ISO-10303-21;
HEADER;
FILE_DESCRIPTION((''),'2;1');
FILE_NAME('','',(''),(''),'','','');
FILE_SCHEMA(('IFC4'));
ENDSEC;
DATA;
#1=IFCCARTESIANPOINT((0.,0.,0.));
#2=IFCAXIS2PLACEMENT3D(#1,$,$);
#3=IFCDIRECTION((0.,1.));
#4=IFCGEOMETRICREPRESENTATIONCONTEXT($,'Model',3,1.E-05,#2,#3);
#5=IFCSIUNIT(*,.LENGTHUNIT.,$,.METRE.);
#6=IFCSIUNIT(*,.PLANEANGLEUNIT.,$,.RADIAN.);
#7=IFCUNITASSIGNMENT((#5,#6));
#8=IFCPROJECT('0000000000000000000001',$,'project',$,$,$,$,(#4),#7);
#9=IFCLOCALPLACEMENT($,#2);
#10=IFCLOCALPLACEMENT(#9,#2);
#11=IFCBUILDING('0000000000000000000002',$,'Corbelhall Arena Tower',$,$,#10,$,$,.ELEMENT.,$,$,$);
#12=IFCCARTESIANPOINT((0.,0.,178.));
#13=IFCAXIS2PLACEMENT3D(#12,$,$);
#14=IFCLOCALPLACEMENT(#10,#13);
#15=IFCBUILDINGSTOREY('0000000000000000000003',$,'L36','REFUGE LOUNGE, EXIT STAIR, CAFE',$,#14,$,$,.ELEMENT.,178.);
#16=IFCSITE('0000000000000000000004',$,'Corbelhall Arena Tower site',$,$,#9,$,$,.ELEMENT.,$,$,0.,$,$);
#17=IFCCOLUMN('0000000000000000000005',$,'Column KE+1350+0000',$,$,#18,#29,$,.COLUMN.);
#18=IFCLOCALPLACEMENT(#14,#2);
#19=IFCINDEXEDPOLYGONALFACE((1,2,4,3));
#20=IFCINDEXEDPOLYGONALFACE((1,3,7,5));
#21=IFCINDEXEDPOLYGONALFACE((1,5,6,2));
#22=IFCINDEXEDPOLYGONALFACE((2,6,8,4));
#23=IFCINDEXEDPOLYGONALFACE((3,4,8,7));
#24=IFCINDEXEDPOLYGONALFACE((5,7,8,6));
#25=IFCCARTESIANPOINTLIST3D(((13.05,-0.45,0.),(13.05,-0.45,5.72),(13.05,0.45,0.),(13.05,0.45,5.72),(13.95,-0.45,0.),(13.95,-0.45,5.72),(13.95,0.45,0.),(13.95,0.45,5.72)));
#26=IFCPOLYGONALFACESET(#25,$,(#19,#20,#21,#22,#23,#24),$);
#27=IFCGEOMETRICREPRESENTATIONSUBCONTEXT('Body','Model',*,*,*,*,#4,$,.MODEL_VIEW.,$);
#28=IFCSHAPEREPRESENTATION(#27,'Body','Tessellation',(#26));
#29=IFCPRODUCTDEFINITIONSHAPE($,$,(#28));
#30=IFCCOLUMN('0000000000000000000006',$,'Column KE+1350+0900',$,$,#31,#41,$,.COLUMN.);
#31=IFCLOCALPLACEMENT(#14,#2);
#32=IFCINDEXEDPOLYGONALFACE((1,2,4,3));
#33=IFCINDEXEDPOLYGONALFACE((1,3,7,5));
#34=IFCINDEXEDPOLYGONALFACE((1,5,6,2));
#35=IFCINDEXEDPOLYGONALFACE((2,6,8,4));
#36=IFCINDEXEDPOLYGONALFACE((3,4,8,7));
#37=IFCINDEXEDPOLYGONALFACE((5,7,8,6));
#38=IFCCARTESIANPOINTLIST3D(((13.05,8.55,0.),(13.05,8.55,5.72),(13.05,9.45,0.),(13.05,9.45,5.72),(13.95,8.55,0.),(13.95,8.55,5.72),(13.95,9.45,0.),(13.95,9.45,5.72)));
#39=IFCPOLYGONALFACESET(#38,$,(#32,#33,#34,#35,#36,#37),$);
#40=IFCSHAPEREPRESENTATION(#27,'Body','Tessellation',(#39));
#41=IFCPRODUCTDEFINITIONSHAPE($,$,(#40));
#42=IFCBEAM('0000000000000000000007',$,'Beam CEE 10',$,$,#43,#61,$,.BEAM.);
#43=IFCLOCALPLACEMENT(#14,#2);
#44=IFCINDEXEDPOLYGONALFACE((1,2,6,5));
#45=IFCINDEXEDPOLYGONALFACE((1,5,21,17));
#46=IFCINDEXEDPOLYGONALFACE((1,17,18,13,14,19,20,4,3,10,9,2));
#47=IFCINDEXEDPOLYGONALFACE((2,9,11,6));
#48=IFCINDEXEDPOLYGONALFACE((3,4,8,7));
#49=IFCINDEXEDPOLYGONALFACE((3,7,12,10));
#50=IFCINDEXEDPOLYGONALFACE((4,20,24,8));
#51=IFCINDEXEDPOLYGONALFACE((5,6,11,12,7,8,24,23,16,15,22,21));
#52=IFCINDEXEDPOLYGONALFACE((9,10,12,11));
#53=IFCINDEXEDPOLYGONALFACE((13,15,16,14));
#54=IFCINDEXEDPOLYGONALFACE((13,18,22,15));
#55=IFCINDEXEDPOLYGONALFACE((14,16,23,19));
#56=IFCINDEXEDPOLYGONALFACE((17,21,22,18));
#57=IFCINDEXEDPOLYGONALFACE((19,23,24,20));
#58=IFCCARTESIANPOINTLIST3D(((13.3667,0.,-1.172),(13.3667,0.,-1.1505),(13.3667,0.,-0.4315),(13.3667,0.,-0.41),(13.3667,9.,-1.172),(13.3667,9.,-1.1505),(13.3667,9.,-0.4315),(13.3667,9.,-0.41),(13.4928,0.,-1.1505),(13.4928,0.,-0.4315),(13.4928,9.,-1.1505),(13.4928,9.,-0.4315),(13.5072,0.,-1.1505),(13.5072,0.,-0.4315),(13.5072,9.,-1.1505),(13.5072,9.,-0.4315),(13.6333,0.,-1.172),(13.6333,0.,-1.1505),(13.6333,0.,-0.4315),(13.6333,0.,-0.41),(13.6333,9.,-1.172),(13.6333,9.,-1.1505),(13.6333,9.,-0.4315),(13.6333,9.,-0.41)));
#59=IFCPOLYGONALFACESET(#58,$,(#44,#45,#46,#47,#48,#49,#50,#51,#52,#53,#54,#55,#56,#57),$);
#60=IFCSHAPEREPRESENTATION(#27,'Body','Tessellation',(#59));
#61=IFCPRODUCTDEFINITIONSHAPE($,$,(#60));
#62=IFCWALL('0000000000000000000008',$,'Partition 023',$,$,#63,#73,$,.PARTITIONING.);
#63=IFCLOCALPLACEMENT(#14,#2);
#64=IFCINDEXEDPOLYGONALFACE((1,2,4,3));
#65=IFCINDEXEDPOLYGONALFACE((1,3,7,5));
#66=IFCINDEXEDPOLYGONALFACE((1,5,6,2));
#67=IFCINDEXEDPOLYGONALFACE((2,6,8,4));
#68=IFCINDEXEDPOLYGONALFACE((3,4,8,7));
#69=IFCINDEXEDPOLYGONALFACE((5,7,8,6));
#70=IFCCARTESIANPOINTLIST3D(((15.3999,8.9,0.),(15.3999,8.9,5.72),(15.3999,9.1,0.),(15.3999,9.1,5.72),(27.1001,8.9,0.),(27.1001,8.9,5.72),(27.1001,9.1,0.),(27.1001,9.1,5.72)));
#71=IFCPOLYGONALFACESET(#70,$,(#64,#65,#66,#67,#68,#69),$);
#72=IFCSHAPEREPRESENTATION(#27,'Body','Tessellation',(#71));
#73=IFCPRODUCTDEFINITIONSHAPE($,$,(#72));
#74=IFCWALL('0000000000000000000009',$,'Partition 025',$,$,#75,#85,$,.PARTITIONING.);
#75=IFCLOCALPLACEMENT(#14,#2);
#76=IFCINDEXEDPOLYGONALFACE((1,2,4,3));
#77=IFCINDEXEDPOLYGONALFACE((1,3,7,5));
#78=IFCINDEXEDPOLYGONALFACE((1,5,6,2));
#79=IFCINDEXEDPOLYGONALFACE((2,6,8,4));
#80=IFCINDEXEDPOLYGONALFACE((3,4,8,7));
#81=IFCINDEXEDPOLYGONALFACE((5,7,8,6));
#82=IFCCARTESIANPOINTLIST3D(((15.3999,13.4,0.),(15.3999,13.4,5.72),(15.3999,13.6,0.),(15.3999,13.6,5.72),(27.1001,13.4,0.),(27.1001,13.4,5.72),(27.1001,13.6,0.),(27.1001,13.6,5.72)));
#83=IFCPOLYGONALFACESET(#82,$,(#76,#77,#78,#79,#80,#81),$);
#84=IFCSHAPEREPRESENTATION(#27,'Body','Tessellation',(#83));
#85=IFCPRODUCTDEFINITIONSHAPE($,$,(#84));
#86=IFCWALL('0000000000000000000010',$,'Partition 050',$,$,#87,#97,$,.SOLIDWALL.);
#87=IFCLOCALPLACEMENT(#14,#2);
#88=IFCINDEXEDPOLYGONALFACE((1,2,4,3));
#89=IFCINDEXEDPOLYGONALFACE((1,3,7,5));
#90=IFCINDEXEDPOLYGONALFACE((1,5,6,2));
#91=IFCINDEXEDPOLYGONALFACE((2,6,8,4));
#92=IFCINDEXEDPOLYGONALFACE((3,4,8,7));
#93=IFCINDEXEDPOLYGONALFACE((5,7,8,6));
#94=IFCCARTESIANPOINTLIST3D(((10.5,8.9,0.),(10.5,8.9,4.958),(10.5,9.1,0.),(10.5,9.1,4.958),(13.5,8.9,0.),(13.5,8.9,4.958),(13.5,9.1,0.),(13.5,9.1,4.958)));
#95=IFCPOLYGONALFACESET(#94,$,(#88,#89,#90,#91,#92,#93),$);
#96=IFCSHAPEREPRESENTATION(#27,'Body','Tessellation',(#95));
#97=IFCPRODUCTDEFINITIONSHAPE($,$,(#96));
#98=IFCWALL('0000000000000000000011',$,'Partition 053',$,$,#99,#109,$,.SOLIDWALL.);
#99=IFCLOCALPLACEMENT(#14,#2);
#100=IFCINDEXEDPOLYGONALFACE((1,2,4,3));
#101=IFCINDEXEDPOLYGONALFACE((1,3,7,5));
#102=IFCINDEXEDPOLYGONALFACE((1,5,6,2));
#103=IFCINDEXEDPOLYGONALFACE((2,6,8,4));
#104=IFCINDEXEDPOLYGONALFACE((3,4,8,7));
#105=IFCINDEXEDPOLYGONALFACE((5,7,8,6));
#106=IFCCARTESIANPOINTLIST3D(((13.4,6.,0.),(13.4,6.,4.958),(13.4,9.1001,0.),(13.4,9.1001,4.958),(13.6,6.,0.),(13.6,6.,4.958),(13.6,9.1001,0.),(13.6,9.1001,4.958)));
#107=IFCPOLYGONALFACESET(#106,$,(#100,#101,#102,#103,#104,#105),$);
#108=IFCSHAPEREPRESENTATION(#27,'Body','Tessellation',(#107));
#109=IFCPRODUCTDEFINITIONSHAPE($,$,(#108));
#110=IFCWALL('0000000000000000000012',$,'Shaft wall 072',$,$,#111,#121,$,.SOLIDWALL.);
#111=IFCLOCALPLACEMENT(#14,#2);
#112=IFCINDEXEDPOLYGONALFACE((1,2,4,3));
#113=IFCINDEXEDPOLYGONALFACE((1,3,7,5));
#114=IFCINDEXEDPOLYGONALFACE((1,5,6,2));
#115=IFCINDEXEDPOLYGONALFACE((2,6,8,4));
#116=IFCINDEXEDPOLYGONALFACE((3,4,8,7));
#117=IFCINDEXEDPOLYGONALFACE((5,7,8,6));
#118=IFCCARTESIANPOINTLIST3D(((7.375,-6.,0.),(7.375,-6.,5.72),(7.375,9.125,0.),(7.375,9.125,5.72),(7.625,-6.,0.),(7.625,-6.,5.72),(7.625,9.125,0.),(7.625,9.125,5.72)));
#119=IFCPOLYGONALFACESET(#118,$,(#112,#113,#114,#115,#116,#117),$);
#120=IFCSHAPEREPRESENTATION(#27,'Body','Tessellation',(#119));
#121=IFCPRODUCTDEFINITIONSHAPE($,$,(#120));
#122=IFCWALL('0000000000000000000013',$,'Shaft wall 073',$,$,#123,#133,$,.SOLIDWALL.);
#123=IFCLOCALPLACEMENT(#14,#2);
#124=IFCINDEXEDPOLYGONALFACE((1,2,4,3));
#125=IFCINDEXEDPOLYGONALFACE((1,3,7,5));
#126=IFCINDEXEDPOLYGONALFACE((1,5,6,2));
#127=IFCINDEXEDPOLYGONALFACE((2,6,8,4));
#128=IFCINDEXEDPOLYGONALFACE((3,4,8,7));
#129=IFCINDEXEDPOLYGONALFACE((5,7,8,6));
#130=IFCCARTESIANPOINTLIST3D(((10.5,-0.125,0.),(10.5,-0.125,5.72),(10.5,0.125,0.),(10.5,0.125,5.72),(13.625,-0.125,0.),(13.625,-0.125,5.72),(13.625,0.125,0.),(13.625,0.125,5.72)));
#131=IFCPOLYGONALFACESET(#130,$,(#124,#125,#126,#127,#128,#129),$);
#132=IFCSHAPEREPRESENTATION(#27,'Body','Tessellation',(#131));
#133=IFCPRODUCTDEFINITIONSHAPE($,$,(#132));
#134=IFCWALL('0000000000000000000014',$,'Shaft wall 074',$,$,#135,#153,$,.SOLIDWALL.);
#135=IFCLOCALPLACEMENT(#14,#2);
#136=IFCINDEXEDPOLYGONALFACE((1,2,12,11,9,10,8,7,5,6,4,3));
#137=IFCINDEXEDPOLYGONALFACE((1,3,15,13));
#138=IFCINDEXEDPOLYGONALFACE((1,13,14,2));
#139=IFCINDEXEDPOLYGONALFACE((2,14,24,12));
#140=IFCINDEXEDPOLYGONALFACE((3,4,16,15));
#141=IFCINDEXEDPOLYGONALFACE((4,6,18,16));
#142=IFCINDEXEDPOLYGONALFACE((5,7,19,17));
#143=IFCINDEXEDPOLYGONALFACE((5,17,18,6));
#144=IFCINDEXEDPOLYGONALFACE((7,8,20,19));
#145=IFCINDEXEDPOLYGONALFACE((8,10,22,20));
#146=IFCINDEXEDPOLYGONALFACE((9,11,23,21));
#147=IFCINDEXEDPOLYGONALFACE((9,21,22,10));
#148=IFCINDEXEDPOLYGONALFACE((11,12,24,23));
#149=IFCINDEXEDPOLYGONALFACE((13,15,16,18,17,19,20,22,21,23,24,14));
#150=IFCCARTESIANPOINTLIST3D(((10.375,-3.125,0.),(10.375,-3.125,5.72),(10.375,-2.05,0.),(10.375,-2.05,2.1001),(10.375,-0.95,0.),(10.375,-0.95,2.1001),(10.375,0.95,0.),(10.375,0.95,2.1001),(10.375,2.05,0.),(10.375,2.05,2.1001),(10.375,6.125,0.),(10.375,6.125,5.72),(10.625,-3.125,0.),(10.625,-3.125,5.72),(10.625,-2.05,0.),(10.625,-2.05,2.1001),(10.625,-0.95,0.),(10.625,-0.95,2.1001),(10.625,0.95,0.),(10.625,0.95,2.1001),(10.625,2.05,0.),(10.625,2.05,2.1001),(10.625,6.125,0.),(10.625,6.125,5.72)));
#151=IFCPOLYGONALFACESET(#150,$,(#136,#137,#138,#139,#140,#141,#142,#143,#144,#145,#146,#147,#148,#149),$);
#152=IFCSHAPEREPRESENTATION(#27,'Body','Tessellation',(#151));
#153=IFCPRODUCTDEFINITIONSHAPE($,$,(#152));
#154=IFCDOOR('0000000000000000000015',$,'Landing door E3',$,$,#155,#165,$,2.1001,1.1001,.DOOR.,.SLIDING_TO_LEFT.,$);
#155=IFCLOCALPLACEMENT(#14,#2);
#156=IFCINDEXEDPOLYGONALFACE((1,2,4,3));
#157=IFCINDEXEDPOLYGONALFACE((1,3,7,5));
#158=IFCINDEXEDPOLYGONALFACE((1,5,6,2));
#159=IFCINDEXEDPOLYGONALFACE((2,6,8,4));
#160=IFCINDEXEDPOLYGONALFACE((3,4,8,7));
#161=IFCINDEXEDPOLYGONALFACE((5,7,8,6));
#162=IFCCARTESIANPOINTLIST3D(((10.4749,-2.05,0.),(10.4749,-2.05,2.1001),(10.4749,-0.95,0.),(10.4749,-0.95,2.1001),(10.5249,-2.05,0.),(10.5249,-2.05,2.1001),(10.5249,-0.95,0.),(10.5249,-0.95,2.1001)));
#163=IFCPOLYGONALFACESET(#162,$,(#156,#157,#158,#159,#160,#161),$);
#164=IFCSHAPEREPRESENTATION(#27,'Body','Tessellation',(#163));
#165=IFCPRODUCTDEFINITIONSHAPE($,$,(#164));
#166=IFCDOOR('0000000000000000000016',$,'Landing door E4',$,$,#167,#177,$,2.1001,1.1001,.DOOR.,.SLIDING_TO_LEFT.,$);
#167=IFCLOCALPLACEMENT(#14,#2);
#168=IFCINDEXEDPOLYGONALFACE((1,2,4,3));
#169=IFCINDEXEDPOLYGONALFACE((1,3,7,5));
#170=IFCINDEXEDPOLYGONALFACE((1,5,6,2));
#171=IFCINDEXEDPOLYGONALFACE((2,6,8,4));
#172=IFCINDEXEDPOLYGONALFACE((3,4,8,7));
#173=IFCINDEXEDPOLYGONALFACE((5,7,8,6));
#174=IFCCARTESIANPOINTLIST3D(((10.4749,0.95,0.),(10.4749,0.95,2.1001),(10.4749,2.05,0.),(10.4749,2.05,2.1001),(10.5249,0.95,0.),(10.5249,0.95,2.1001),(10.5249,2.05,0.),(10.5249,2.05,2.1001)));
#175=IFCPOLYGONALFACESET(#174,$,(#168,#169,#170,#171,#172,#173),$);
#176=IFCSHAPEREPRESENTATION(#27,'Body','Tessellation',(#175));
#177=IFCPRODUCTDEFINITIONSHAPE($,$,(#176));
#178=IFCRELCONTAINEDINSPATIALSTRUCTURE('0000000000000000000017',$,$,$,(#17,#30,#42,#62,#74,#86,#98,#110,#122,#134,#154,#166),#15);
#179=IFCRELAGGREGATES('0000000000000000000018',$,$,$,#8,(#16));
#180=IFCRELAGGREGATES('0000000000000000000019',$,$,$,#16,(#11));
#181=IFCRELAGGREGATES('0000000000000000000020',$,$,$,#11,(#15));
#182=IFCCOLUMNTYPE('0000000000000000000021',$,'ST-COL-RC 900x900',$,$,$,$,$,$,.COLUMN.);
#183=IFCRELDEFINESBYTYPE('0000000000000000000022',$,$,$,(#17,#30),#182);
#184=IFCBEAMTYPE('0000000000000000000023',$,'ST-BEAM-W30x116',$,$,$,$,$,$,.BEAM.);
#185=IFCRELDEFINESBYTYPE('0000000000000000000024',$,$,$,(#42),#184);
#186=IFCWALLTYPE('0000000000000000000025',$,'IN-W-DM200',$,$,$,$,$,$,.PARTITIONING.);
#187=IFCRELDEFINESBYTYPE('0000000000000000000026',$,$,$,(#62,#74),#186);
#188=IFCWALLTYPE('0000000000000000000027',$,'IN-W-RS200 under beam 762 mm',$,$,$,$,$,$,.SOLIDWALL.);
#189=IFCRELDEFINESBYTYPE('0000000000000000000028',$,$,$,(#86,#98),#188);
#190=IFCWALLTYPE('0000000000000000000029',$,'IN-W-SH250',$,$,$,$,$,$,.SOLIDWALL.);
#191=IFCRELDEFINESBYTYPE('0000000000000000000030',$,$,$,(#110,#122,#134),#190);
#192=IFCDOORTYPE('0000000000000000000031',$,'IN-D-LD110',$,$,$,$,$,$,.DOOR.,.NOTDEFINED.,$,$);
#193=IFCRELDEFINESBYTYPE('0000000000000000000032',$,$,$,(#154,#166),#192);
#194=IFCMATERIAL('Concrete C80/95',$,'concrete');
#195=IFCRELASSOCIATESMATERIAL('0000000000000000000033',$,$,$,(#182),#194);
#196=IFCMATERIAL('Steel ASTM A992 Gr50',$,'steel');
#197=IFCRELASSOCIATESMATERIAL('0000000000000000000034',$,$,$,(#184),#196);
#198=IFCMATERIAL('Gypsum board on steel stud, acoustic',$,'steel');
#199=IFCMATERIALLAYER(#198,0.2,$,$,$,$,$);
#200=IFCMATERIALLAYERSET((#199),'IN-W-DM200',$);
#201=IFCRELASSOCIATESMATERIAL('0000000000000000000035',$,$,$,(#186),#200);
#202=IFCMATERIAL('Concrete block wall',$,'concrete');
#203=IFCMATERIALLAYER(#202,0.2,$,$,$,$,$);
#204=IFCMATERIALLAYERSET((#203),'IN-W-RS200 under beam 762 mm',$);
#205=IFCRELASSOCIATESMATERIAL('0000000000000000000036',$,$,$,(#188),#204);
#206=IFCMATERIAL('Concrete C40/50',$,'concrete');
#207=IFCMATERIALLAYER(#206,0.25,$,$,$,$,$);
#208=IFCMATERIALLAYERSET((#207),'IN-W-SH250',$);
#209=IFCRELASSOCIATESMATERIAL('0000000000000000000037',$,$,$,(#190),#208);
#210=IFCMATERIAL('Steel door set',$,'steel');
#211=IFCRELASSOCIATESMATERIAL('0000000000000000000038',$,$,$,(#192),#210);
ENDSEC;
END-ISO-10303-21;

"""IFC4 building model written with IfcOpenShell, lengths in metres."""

from ifc_helpers import new_model, si_unit, direction, frame, frame_2d, origin, origin_2d, place, context, subcontext, project, spatial, rectangle, i_section, extrude, material, layer, layer_set, material_profile, profile_set, type_object, element, fill, save


model = new_model("IFC4")

# Units and contexts
model_context = context("Model", 3, precision=1e-05, world=origin(), true_north=direction((0.0, 1.0)))
body_context = subcontext(model_context, "Body", "Model", "MODEL_VIEW")
ifc_project = project(units=[si_unit("LENGTHUNIT", "METRE"), si_unit("PLANEANGLEUNIT", "RADIAN")], contexts=[model_context])

# Site, building, storey
site_placement = place(None, origin())
site = spatial("IfcSite", under=ifc_project, at=site_placement, Name="Corbelhall Arena Tower site", CompositionType="ELEMENT", RefElevation=0.0)
building_placement = place(site_placement, origin())
building = spatial("IfcBuilding", under=site, at=building_placement, Name="Corbelhall Arena Tower", CompositionType="ELEMENT")
storey_placement = place(building_placement, frame((0.0, 0.0, 178.0)))
storey = spatial("IfcBuildingStorey", under=building, at=storey_placement, Name="L36", Description="REFUGE LOUNGE, EXIT STAIR, CAFE", CompositionType="ELEMENT", Elevation=178.0)

# Columns
ifc_material_1 = material(Name="Concrete C80/95", Category="concrete")
ifc_material_profile_1 = material_profile(ifc_material_1, rectangle(XDim=0.8999, YDim=0.8999, at=origin_2d()))
ifc_profile_set_1 = profile_set([ifc_material_profile_1], Name="Concrete C80/95")
column_type = type_object("IfcColumnType", Name="ST-COL-RC 900x900", PredefinedType="COLUMN", material=ifc_profile_set_1)
for number, where, z_axis, x_axis, name in (
    (1, (13.5, 0.0, 0.0), (0.0, 0.0, 1.0), (1.0, 0.0, 0.0), "Column KE+1350+0000"),
    (2, (13.5, 9.0, 0.0), (0.0, 0.0, 1.0), (1.0, 0.0, 0.0), "Column KE+1350+0900"),
):
    element("IfcColumn", number, at=place(storey_placement, frame(where, z_axis=z_axis, x_axis=x_axis)), inside=storey, type_object=column_type, Name=name, PredefinedType="COLUMN", context=body_context, shape_type="SweptSolid", body=[
        extrude(rectangle(XDim=0.8999, YDim=0.8999, at=origin_2d()), origin(), (0.0, 0.0, 1.0), 5.72),
    ])

# Beam
ifc_material_2 = material(Name="Steel ASTM A992 Gr50", Category="steel")
ifc_material_profile_2 = material_profile(ifc_material_2, i_section(OverallWidth=0.2666, OverallDepth=0.762, WebThickness=0.0144, FlangeThickness=0.0215, at=origin_2d()))
ifc_profile_set_2 = profile_set([ifc_material_profile_2], Name="Steel ASTM A992 Gr50")
beam_type = type_object("IfcBeamType", Name="ST-BEAM-W30x116", PredefinedType="BEAM", material=ifc_profile_set_2)
beam_placement = place(storey_placement, frame((13.5, 0.0, -0.791), z_axis=(0.0, 1.0, 0.0), x_axis=(-1.0, 0.0, 0.0)))
element("IfcBeam", 3, at=beam_placement, inside=storey, type_object=beam_type, Name="Beam CEE 10", PredefinedType="BEAM", context=body_context, shape_type="SweptSolid", body=[
    extrude(i_section(OverallWidth=0.2666, OverallDepth=0.762, WebThickness=0.0144, FlangeThickness=0.0215, at=origin_2d()), origin(), (0.0, 0.0, 1.0), 9.0),
])

# Walls
ifc_material_3 = material(Name="Gypsum board on steel stud, acoustic", Category="steel")
ifc_layer_1 = layer(ifc_material_3, 0.2)
ifc_layer_set_1 = layer_set([ifc_layer_1], Name="IN-W-DM200")
wall_type_1 = type_object("IfcWallType", Name="IN-W-DM200", PredefinedType="PARTITIONING", material=ifc_layer_set_1)
for number, where, z_axis, x_axis, name in (
    (4, (15.3999, 9.0, 0.0), (0.0, 0.0, 1.0), (1.0, 0.0, 0.0), "Partition 023"),
    (5, (15.3999, 13.5, 0.0), (0.0, 0.0, 1.0), (1.0, 0.0, 0.0), "Partition 025"),
):
    element("IfcWall", number, at=place(storey_placement, frame(where, z_axis=z_axis, x_axis=x_axis)), inside=storey, type_object=wall_type_1, Name=name, PredefinedType="PARTITIONING", context=body_context, shape_type="SweptSolid", body=[
        extrude(rectangle(XDim=11.7002, YDim=0.2, at=frame_2d((5.8501, 0.0))), origin(), (0.0, 0.0, 1.0), 5.72),
    ])

# Shared definitions
ifc_material_4 = material(Name="Steel door set", Category="steel")
ifc_material_5 = material(Name="Concrete block wall", Category="concrete")

# Walls
ifc_layer_2 = layer(ifc_material_5, 0.2)
ifc_layer_set_2 = layer_set([ifc_layer_2], Name="IN-W-RS200 under beam 762 mm")
wall_type_2 = type_object("IfcWallType", Name="IN-W-RS200 under beam 762 mm", PredefinedType="SOLIDWALL", material=ifc_layer_set_2)
wall_1_placement = place(storey_placement, frame((10.5, 9.0, 0.0), z_axis=(0.0, 0.0, 1.0), x_axis=(1.0, 0.0, 0.0)))
element("IfcWall", 6, at=wall_1_placement, inside=storey, type_object=wall_type_2, Name="Partition 050", PredefinedType="SOLIDWALL", context=body_context, shape_type="SweptSolid", body=[
    extrude(rectangle(XDim=3.0, YDim=0.2, at=frame_2d((1.5, 0.0))), origin(), (0.0, 0.0, 1.0), 4.958),
])
wall_2_placement = place(storey_placement, frame((13.5, 9.1001, 0.0), z_axis=(0.0, 0.0, 1.0), x_axis=(0.0, -1.0, 0.0)))
element("IfcWall", 7, at=wall_2_placement, inside=storey, type_object=wall_type_2, Name="Partition 053", PredefinedType="SOLIDWALL", context=body_context, shape_type="SweptSolid", body=[
    extrude(rectangle(XDim=3.1001, YDim=0.2, at=frame_2d((1.55, 0.0))), origin(), (0.0, 0.0, 1.0), 4.958),
])
ifc_material_6 = material(Name="Concrete C40/50", Category="concrete")
ifc_layer_3 = layer(ifc_material_6, 0.25)
ifc_layer_set_3 = layer_set([ifc_layer_3], Name="IN-W-SH250")
wall_type_3 = type_object("IfcWallType", Name="IN-W-SH250", PredefinedType="SOLIDWALL", material=ifc_layer_set_3)
wall_3_placement = place(storey_placement, frame((7.5, 9.125, 0.0), z_axis=(0.0, 0.0, 1.0), x_axis=(0.0, -1.0, 0.0)))
element("IfcWall", 8, at=wall_3_placement, inside=storey, type_object=wall_type_3, Name="Shaft wall 072", PredefinedType="SOLIDWALL", context=body_context, shape_type="SweptSolid", body=[
    extrude(rectangle(XDim=15.125, YDim=0.25, at=frame_2d((7.5625, 0.0))), origin(), (0.0, 0.0, 1.0), 5.72),
])
wall_4_placement = place(storey_placement, frame((10.5, 0.0, 0.0), z_axis=(0.0, 0.0, 1.0), x_axis=(1.0, 0.0, 0.0)))
element("IfcWall", 9, at=wall_4_placement, inside=storey, type_object=wall_type_3, Name="Shaft wall 073", PredefinedType="SOLIDWALL", context=body_context, shape_type="SweptSolid", body=[
    extrude(rectangle(XDim=3.125, YDim=0.25, at=frame_2d((1.5625, 0.0))), origin(), (0.0, 0.0, 1.0), 5.72),
])

# Wall, openings, doors
wall_5_placement = place(storey_placement, frame((10.5, 6.125, 0.0), z_axis=(0.0, 0.0, 1.0), x_axis=(0.0, -1.0, 0.0)))
wall_5 = element("IfcWall", 10, at=wall_5_placement, inside=storey, type_object=wall_type_3, Name="Shaft wall 074", PredefinedType="SOLIDWALL", context=body_context, shape_type="SweptSolid", body=[
    extrude(rectangle(XDim=9.25, YDim=0.25, at=frame_2d((4.625, 0.0))), origin(), (0.0, 0.0, 1.0), 5.72),
])
opening_1_placement = place(wall_5_placement, frame((7.075, 0.0, 0.0)))
opening_1 = element("IfcOpeningElement", 11, at=opening_1_placement, cuts=wall_5, PredefinedType="OPENING", context=body_context, shape_type="SweptSolid", body=[
    extrude(rectangle(XDim=1.1001, YDim=2.1001, at=frame_2d((0.55, 1.05))), frame((0.0, 0.125, 0.0), z_axis=(0.0, -1.0, 0.0), x_axis=(1.0, 0.0, 0.0)), (0.0, 0.0, 1.0), 0.25),
])
opening_2_placement = place(wall_5_placement, frame((4.075, 0.0, 0.0)))
opening_2 = element("IfcOpeningElement", 12, at=opening_2_placement, cuts=wall_5, PredefinedType="OPENING", context=body_context, shape_type="SweptSolid", body=[
    extrude(rectangle(XDim=1.1001, YDim=2.1001, at=frame_2d((0.55, 1.05))), frame((0.0, 0.125, 0.0), z_axis=(0.0, -1.0, 0.0), x_axis=(1.0, 0.0, 0.0)), (0.0, 0.0, 1.0), 0.25),
])
door_type_1 = type_object("IfcDoorType", Name="IN-D-LD110", OperationType="NOTDEFINED", PredefinedType="DOOR", material=ifc_material_4)
door_1_placement = place(opening_1_placement, origin())
door_1 = element("IfcDoor", 13, at=door_1_placement, inside=storey, type_object=door_type_1, Name="Landing door E3", OperationType="SLIDING_TO_LEFT", OverallHeight=2.1001, OverallWidth=1.1001, PredefinedType="DOOR", context=body_context, shape_type="SweptSolid", body=[
    extrude(rectangle(XDim=1.1001, YDim=2.1001, at=frame_2d((0.55, 1.05))), frame((0.0, 0.0249, 0.0), z_axis=(0.0, -1.0, 0.0), x_axis=(1.0, 0.0, 0.0)), (0.0, 0.0, 1.0), 0.05),
])
fill(opening_1, door_1)
door_2_placement = place(opening_2_placement, origin())
door_2 = element("IfcDoor", 14, at=door_2_placement, inside=storey, type_object=door_type_1, Name="Landing door E4", OperationType="SLIDING_TO_LEFT", OverallHeight=2.1001, OverallWidth=1.1001, PredefinedType="DOOR", context=body_context, shape_type="SweptSolid", body=[
    extrude(rectangle(XDim=1.1001, YDim=2.1001, at=frame_2d((0.55, 1.05))), frame((0.0, 0.0249, 0.0), z_axis=(0.0, -1.0, 0.0), x_axis=(1.0, 0.0, 0.0)), (0.0, 0.0, 1.0), 0.05),
])
fill(opening_2, door_2)

save(model, "model.ifc")
